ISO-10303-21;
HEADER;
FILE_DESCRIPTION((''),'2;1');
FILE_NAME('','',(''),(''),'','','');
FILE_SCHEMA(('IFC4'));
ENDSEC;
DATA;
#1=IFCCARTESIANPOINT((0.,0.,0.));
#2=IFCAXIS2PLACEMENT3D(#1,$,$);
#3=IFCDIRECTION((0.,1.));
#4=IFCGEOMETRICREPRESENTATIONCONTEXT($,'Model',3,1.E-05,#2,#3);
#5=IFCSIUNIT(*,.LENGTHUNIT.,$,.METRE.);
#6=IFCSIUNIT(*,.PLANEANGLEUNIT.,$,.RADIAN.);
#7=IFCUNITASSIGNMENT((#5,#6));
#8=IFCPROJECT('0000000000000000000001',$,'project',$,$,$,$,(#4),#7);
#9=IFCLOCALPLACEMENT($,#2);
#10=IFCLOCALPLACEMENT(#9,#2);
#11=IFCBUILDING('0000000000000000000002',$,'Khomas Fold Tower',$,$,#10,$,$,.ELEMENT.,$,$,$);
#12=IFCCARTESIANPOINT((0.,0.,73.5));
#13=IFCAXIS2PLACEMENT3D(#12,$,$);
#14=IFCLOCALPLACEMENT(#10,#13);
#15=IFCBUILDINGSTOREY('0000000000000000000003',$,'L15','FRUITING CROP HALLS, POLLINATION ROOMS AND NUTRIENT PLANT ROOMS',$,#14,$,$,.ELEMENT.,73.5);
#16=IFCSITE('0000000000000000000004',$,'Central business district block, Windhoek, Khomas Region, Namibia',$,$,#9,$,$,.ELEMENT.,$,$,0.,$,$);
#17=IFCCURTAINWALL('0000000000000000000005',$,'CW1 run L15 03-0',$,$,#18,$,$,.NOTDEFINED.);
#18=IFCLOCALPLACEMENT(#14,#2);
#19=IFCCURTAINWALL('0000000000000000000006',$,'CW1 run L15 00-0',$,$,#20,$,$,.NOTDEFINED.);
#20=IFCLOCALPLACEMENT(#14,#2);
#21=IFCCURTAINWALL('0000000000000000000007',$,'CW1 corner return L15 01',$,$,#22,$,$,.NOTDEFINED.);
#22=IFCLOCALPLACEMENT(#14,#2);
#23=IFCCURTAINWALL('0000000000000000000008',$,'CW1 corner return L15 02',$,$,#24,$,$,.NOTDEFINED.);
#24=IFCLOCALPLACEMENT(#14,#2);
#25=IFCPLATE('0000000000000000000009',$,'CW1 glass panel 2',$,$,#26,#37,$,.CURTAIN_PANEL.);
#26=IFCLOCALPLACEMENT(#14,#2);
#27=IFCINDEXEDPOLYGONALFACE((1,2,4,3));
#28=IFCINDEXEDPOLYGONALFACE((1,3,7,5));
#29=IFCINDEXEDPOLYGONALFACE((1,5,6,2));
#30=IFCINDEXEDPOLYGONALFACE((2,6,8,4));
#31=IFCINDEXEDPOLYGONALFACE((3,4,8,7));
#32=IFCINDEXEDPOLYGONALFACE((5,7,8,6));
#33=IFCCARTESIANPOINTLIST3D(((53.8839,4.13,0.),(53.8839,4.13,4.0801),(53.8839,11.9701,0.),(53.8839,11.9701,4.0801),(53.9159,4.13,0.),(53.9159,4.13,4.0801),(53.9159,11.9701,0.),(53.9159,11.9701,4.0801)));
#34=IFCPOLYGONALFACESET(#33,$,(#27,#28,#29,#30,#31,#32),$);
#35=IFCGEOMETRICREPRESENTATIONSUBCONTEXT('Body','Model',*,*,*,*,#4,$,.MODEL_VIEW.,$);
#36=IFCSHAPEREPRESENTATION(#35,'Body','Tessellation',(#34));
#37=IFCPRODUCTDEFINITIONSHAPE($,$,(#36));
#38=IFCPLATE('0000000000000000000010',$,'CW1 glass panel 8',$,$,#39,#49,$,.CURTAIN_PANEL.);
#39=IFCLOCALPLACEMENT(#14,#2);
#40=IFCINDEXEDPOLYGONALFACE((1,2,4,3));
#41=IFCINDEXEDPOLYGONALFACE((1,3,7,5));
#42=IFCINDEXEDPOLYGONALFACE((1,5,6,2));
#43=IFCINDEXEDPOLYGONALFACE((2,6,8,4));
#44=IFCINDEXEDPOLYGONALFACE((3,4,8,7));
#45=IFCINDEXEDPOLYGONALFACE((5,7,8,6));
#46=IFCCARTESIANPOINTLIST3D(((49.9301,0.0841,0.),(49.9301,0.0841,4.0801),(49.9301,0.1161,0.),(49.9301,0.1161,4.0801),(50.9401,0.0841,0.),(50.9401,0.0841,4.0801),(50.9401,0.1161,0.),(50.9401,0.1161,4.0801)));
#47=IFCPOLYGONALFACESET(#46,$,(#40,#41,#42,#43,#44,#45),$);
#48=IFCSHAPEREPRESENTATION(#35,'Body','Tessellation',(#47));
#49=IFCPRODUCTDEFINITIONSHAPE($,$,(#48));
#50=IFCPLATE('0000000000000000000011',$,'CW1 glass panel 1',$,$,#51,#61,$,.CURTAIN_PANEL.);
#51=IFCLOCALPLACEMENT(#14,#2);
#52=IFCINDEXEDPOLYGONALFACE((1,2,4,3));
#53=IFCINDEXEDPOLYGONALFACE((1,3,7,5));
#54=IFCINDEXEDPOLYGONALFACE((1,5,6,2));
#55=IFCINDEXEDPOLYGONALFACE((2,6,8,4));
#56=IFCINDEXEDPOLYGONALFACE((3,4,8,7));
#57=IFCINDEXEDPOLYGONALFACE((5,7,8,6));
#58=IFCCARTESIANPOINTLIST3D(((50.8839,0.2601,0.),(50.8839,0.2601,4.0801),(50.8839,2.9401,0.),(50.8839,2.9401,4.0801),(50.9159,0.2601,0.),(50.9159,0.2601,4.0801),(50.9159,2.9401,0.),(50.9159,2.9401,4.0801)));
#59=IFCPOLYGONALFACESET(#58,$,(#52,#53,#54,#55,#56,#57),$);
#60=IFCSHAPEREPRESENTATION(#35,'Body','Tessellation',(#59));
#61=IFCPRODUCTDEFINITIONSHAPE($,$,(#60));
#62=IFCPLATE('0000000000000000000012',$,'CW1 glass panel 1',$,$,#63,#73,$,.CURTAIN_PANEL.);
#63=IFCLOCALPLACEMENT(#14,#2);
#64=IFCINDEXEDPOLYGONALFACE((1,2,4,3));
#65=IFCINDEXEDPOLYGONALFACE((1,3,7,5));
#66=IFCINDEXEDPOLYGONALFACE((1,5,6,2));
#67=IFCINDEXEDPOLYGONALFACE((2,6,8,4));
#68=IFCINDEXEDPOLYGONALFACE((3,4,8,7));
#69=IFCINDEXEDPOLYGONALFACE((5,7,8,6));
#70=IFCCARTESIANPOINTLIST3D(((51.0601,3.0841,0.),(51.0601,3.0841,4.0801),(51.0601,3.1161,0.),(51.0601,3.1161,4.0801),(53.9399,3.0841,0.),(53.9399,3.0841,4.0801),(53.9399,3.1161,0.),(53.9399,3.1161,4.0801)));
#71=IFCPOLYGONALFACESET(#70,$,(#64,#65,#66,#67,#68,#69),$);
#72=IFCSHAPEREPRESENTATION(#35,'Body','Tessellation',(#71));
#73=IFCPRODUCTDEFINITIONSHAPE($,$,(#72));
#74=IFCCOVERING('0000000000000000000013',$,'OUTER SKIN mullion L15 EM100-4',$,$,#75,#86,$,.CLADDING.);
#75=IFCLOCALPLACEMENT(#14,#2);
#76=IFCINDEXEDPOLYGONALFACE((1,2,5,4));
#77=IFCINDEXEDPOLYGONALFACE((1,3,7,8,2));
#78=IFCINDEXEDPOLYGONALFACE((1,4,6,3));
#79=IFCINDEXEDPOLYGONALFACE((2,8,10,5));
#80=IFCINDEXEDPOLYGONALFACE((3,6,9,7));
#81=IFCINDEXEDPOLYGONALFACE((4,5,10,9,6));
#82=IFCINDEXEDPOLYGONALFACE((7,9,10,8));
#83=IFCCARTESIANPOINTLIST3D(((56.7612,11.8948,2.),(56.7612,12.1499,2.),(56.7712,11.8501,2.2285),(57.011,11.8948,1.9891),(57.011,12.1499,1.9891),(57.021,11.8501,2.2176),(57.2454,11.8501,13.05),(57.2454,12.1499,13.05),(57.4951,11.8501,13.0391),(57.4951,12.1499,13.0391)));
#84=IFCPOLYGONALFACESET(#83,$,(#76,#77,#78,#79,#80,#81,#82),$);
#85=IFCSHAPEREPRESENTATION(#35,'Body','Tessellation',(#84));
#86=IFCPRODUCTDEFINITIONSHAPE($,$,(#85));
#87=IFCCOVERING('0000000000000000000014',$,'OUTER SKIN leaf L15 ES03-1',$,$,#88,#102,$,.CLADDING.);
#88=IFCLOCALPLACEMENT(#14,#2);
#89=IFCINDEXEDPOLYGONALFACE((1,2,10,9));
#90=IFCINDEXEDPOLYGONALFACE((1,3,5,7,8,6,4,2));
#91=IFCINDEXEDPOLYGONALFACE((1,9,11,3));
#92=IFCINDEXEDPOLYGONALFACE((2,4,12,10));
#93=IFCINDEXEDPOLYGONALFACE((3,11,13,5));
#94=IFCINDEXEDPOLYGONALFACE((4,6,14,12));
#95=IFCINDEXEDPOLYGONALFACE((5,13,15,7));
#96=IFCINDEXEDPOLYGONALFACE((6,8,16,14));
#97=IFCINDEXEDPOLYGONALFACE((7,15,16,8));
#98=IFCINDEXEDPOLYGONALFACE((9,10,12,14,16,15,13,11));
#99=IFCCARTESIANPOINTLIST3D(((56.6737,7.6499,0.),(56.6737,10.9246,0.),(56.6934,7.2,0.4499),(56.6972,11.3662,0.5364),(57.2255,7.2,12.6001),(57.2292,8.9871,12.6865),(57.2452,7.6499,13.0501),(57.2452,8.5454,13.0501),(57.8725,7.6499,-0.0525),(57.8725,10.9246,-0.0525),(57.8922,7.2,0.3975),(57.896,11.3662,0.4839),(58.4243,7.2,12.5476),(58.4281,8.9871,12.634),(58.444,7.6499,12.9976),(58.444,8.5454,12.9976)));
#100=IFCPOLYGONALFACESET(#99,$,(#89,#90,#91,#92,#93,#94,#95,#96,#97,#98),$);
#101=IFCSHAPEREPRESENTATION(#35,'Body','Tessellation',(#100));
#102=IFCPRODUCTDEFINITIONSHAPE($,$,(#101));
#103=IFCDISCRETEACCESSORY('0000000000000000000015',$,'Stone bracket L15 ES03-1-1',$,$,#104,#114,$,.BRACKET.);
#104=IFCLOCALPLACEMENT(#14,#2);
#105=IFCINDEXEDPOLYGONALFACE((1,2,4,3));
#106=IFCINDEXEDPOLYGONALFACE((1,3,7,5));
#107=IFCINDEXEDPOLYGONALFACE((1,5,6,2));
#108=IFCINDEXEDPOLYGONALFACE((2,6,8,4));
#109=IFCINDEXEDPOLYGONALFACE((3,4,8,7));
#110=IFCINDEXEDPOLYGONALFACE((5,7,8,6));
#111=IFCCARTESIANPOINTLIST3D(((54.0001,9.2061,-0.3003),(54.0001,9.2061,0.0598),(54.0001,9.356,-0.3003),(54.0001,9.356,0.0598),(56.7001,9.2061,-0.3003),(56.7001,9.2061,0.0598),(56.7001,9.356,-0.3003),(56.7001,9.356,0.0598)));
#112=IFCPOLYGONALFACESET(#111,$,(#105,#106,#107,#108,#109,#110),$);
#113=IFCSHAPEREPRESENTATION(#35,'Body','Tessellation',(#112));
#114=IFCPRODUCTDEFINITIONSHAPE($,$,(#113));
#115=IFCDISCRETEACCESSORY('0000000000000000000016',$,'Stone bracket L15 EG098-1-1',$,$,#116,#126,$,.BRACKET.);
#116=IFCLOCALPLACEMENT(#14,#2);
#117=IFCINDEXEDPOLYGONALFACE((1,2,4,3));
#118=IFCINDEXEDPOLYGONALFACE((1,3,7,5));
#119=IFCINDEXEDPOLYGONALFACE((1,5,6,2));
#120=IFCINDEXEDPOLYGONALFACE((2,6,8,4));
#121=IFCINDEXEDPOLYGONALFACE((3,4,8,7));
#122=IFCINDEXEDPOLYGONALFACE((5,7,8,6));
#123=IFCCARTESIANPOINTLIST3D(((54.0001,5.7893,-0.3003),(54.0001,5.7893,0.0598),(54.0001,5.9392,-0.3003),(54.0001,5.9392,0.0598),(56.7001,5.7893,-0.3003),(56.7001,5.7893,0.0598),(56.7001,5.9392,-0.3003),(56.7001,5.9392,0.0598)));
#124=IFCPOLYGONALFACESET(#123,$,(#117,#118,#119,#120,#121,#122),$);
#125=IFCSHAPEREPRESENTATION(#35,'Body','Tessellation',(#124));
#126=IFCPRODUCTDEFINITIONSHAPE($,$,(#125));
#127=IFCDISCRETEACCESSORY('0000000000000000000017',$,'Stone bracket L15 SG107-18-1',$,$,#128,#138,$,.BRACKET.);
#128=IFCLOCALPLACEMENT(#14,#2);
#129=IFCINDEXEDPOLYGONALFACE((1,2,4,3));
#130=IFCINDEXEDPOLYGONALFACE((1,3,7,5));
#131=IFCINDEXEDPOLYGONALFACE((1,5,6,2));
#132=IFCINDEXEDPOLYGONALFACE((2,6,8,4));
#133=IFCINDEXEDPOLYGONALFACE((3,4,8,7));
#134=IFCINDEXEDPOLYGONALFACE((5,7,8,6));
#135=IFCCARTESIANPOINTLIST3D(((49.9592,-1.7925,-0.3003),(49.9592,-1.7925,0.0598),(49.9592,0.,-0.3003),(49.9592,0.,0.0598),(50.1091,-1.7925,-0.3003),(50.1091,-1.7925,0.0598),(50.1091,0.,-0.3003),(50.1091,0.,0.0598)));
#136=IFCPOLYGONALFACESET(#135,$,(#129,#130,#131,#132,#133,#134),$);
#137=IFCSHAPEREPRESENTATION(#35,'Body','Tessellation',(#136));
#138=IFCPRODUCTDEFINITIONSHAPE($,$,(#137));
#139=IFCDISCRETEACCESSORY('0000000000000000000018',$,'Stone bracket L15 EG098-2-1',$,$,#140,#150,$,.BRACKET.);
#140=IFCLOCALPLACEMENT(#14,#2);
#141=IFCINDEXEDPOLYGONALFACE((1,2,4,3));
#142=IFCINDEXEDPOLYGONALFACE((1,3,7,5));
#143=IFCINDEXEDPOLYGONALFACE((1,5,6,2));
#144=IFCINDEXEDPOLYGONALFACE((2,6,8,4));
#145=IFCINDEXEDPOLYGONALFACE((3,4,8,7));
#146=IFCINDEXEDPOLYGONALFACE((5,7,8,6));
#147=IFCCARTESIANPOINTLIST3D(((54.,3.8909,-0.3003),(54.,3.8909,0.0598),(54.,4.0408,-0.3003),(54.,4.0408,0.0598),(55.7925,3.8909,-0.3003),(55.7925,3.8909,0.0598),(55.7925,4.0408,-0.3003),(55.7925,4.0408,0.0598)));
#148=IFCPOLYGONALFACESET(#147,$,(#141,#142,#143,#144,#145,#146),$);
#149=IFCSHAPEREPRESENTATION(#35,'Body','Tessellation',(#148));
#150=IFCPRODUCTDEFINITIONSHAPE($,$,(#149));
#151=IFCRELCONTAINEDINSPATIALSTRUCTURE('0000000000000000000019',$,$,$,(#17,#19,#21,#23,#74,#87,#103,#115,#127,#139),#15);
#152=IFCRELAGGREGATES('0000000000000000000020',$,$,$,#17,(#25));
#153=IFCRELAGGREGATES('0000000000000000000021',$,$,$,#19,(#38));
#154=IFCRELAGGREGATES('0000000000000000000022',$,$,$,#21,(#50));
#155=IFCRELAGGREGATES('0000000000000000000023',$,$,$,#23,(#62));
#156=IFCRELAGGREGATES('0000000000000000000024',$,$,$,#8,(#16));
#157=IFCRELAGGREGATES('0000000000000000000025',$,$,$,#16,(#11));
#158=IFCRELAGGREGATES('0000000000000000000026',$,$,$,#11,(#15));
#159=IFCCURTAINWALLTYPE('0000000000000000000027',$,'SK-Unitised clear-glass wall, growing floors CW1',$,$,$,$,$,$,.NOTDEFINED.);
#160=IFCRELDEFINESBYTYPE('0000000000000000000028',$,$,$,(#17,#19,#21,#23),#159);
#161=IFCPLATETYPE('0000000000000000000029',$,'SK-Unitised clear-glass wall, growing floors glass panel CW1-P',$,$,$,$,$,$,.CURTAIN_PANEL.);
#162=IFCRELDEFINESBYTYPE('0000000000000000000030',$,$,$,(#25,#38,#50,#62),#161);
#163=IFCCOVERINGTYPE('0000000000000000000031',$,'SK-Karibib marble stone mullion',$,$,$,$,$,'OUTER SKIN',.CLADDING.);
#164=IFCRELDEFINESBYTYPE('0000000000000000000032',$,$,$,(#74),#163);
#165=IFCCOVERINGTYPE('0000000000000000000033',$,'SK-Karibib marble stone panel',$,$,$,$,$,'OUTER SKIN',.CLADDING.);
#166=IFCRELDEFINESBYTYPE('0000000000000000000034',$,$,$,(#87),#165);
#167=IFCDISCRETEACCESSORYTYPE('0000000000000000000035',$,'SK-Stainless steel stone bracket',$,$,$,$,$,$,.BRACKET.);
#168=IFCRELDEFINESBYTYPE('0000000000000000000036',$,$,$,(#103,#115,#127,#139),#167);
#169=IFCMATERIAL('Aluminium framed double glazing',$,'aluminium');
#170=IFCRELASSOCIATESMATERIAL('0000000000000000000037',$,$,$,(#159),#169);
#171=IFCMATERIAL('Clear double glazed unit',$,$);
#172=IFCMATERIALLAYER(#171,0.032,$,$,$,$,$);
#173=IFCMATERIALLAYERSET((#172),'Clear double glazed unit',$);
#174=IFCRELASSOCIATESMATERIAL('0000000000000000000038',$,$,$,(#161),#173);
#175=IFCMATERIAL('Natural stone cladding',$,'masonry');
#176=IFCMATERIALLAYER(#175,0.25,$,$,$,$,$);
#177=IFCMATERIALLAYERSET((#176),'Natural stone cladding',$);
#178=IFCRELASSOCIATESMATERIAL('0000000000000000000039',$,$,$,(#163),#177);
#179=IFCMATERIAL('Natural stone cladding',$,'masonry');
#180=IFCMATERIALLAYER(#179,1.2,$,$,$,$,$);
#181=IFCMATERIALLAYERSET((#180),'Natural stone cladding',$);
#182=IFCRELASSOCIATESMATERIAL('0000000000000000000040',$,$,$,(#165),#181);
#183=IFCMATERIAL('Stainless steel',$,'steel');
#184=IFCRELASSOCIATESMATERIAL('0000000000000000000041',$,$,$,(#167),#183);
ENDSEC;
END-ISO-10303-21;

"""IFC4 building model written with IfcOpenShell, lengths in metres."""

from ifc_helpers import new_model, si_unit, direction, frame, origin, origin_2d, place, context, subcontext, project, spatial, polyline, rectangle, outline, extrude, source, transform, mapped, material, layer, layer_set, type_object, element, aggregate, save


model = new_model("IFC4")

# Units and contexts
model_context = context("Model", 3, precision=1e-05, world=origin(), true_north=direction((0.0, 1.0)))
body_context = subcontext(model_context, "Body", "Model", "MODEL_VIEW")
ifc_project = project(units=[si_unit("LENGTHUNIT", "METRE"), si_unit("PLANEANGLEUNIT", "RADIAN")], contexts=[model_context])

# Site, building, storey
site_placement = place(None, origin())
site = spatial("IfcSite", under=ifc_project, at=site_placement, Name="Central business district block, Windhoek, Khomas Region, Namibia", CompositionType="ELEMENT", RefElevation=0.0)
building_placement = place(site_placement, origin())
building = spatial("IfcBuilding", under=site, at=building_placement, Name="Khomas Fold Tower", CompositionType="ELEMENT")
storey_placement = place(building_placement, frame((0.0, 0.0, 73.5)))
storey = spatial("IfcBuildingStorey", under=building, at=storey_placement, Name="L15", Description="FRUITING CROP HALLS, POLLINATION ROOMS AND NUTRIENT PLANT ROOMS", CompositionType="ELEMENT", Elevation=73.5)

# Curtain wall
ifc_material_1 = material(Name="Aluminium framed double glazing", Category="aluminium")
curtain_wall_type = type_object("IfcCurtainWallType", Name="SK-Unitised clear-glass wall, growing floors CW1", PredefinedType="NOTDEFINED", material=ifc_material_1)
curtain_wall_1_placement = place(storey_placement, origin())
curtain_wall_1 = element("IfcCurtainWall", 1, at=curtain_wall_1_placement, inside=storey, type_object=curtain_wall_type, Name="CW1 run L15 03-0", PredefinedType="NOTDEFINED")

# Curtain walls
curtain_wall_2_placement = place(storey_placement, origin())
curtain_wall_2 = element("IfcCurtainWall", 2, at=curtain_wall_2_placement, inside=storey, type_object=curtain_wall_type, Name="CW1 run L15 00-0", PredefinedType="NOTDEFINED")
curtain_wall_3_placement = place(storey_placement, origin())
curtain_wall_3 = element("IfcCurtainWall", 3, at=curtain_wall_3_placement, inside=storey, type_object=curtain_wall_type, Name="CW1 corner return L15 01", PredefinedType="NOTDEFINED")
curtain_wall_4_placement = place(storey_placement, origin())
curtain_wall_4 = element("IfcCurtainWall", 4, at=curtain_wall_4_placement, inside=storey, type_object=curtain_wall_type, Name="CW1 corner return L15 02", PredefinedType="NOTDEFINED")

# Plates
ifc_material_2 = material(Name="Clear double glazed unit")
ifc_layer_1 = layer(ifc_material_2, 0.032)
ifc_layer_set_1 = layer_set([ifc_layer_1], Name="Clear double glazed unit")
plate_type_1 = type_object("IfcPlateType", Name="SK-Unitised clear-glass wall, growing floors glass panel CW1-P", PredefinedType="CURTAIN_PANEL", material=ifc_layer_set_1)
shared_shape_1 = source(origin(), body_context, "Body", "SweptSolid", [
    extrude(rectangle(XDim=7.8401, YDim=0.032, at=origin_2d()), origin(), (0.0, 0.0, 1.0), 4.0801),
])
plate_1_placement = place(storey_placement, frame((53.8999, 8.05, 0.0), z_axis=(0.0, 0.0, 1.0), x_axis=(0.0, 1.0, 0.0)))
plate_1 = element("IfcPlate", 5, at=plate_1_placement, type_object=plate_type_1, Name="CW1 glass panel 2", PredefinedType="CURTAIN_PANEL", context=body_context, shape_type="MappedRepresentation", body=[
    mapped(shared_shape_1, transform((0.0, 0.0, 0.0))),
])
aggregate(curtain_wall_1, [plate_1])
shared_shape_2 = source(origin(), body_context, "Body", "SweptSolid", [
    extrude(rectangle(XDim=1.01, YDim=0.032, at=origin_2d()), origin(), (0.0, 0.0, 1.0), 4.0801),
])
plate_2_placement = place(storey_placement, frame((50.4351, 0.1001, 0.0), z_axis=(0.0, 0.0, 1.0), x_axis=(1.0, 0.0, 0.0)))
plate_2 = element("IfcPlate", 6, at=plate_2_placement, type_object=plate_type_1, Name="CW1 glass panel 8", PredefinedType="CURTAIN_PANEL", context=body_context, shape_type="MappedRepresentation", body=[
    mapped(shared_shape_2, transform((0.0, 0.0, 0.0))),
])
aggregate(curtain_wall_2, [plate_2])
shared_shape_3 = source(origin(), body_context, "Body", "SweptSolid", [
    extrude(rectangle(XDim=2.6799, YDim=0.032, at=origin_2d()), origin(), (0.0, 0.0, 1.0), 4.0801),
])
plate_3_placement = place(storey_placement, frame((50.8999, 1.6001, 0.0), z_axis=(0.0, 0.0, 1.0), x_axis=(0.0, 1.0, 0.0)))
plate_3 = element("IfcPlate", 7, at=plate_3_placement, type_object=plate_type_1, Name="CW1 glass panel 1", PredefinedType="CURTAIN_PANEL", context=body_context, shape_type="MappedRepresentation", body=[
    mapped(shared_shape_3, transform((0.0, 0.0, 0.0))),
])
aggregate(curtain_wall_3, [plate_3])
shared_shape_4 = source(origin(), body_context, "Body", "SweptSolid", [
    extrude(rectangle(XDim=2.8799, YDim=0.032, at=origin_2d()), origin(), (0.0, 0.0, 1.0), 4.0801),
])
plate_4_placement = place(storey_placement, frame((52.5, 3.1001, 0.0), z_axis=(0.0, 0.0, 1.0), x_axis=(1.0, 0.0, 0.0)))
plate_4 = element("IfcPlate", 8, at=plate_4_placement, type_object=plate_type_1, Name="CW1 glass panel 1", PredefinedType="CURTAIN_PANEL", context=body_context, shape_type="MappedRepresentation", body=[
    mapped(shared_shape_4, transform((0.0, 0.0, 0.0))),
])
aggregate(curtain_wall_4, [plate_4])

# Coverings
ifc_material_3 = material(Name="Natural stone cladding", Category="masonry")
ifc_layer_2 = layer(ifc_material_3, 0.25)
ifc_layer_set_2 = layer_set([ifc_layer_2], Name="Natural stone cladding")
covering_type_1 = type_object("IfcCoveringType", Name="SK-Karibib marble stone mullion", ElementType="OUTER SKIN", PredefinedType="CLADDING", material=ifc_layer_set_2)
covering_1_placement = place(storey_placement, frame((57.2454, 11.8501, 13.05), z_axis=(-0.999042, 0.000003, 0.043771), x_axis=(0.000003, 1.0, 0.0)))
element("IfcCovering", 9, at=covering_1_placement, inside=storey, type_object=covering_type_1, Name="OUTER SKIN mullion L15 EM100-4", PredefinedType="CLADDING", context=body_context, shape_type="SweptSolid", body=[
    extrude(outline(polyline([(0.0, 0.0), (0.2998, 0.0), (0.2998, 11.0606), (0.0447, 11.0606), (0.0, 10.8319), (0.0, 0.0)])), origin(), (0.0, 0.0, -1.0), 0.25),
])
ifc_material_4 = material(Name="Natural stone cladding", Category="masonry")
ifc_layer_3 = layer(ifc_material_4, 1.2)
ifc_layer_set_3 = layer_set([ifc_layer_3], Name="Natural stone cladding")
covering_type_2 = type_object("IfcCoveringType", Name="SK-Karibib marble stone panel", ElementType="OUTER SKIN", PredefinedType="CLADDING", material=ifc_layer_set_3)
covering_2_placement = place(storey_placement, frame((57.2292, 8.9871, 12.6865), z_axis=(-0.999043, 0.0, 0.043746), x_axis=(-0.042932, 0.191986, -0.980458)))
element("IfcCovering", 10, at=covering_2_placement, inside=storey, type_object=covering_type_2, Name="OUTER SKIN leaf L15 ES03-1", PredefinedType="CLADDING", context=body_context, shape_type="SweptSolid", body=[
    extrude(outline(polyline([(0.0, 0.0), (12.3923, 0.0), (12.8344, 0.5365), (12.2057, 3.7503), (11.6774, 4.1054), (-0.2582, 1.7705), (-0.6138, 1.2424), (-0.4419, 0.3636), (0.0, 0.0)])), origin(), (0.0, 0.0, -1.0), 1.2),
])

# Discrete accessories
ifc_material_5 = material(Name="Stainless steel", Category="steel")
discrete_accessory_type = type_object("IfcDiscreteAccessoryType", Name="SK-Stainless steel stone bracket", PredefinedType="BRACKET", material=ifc_material_5)
shared_shape_5 = source(origin(), body_context, "Body", "SweptSolid", [
    extrude(rectangle(XDim=2.7, YDim=0.1499, at=origin_2d()), origin(), (0.0, 0.0, 1.0), 0.3601),
])
for number, where, z_axis, x_axis, name in (
    (11, (55.3501, 9.281, -0.3003), (0.0, 0.0, 1.0), (1.0, 0.0, 0.0), "Stone bracket L15 ES03-1-1"),
    (12, (55.3501, 5.8643, -0.3003), (0.0, 0.0, 1.0), (1.0, 0.0, 0.0), "Stone bracket L15 EG098-1-1"),
):
    element("IfcDiscreteAccessory", number, at=place(storey_placement, frame(where, z_axis=z_axis, x_axis=x_axis)), inside=storey, type_object=discrete_accessory_type, Name=name, PredefinedType="BRACKET", context=body_context, shape_type="MappedRepresentation", body=[
        mapped(shared_shape_5, transform((0.0, 0.0, 0.0))),
    ])
shared_shape_6 = source(origin(), body_context, "Body", "SweptSolid", [
    extrude(rectangle(XDim=1.7925, YDim=0.1499, at=origin_2d()), origin(), (0.0, 0.0, 1.0), 0.3601),
])
for number, where, z_axis, x_axis, name in (
    (13, (50.0342, -0.8962, -0.3003), (0.0, 0.0, 1.0), (0.0, -1.0, 0.0), "Stone bracket L15 SG107-18-1"),
    (14, (54.8962, 3.9658, -0.3003), (0.0, 0.0, 1.0), (1.0, 0.0, 0.0), "Stone bracket L15 EG098-2-1"),
):
    element("IfcDiscreteAccessory", number, at=place(storey_placement, frame(where, z_axis=z_axis, x_axis=x_axis)), inside=storey, type_object=discrete_accessory_type, Name=name, PredefinedType="BRACKET", context=body_context, shape_type="MappedRepresentation", body=[
        mapped(shared_shape_6, transform((0.0, 0.0, 0.0))),
    ])

save(model, "model.ifc")
